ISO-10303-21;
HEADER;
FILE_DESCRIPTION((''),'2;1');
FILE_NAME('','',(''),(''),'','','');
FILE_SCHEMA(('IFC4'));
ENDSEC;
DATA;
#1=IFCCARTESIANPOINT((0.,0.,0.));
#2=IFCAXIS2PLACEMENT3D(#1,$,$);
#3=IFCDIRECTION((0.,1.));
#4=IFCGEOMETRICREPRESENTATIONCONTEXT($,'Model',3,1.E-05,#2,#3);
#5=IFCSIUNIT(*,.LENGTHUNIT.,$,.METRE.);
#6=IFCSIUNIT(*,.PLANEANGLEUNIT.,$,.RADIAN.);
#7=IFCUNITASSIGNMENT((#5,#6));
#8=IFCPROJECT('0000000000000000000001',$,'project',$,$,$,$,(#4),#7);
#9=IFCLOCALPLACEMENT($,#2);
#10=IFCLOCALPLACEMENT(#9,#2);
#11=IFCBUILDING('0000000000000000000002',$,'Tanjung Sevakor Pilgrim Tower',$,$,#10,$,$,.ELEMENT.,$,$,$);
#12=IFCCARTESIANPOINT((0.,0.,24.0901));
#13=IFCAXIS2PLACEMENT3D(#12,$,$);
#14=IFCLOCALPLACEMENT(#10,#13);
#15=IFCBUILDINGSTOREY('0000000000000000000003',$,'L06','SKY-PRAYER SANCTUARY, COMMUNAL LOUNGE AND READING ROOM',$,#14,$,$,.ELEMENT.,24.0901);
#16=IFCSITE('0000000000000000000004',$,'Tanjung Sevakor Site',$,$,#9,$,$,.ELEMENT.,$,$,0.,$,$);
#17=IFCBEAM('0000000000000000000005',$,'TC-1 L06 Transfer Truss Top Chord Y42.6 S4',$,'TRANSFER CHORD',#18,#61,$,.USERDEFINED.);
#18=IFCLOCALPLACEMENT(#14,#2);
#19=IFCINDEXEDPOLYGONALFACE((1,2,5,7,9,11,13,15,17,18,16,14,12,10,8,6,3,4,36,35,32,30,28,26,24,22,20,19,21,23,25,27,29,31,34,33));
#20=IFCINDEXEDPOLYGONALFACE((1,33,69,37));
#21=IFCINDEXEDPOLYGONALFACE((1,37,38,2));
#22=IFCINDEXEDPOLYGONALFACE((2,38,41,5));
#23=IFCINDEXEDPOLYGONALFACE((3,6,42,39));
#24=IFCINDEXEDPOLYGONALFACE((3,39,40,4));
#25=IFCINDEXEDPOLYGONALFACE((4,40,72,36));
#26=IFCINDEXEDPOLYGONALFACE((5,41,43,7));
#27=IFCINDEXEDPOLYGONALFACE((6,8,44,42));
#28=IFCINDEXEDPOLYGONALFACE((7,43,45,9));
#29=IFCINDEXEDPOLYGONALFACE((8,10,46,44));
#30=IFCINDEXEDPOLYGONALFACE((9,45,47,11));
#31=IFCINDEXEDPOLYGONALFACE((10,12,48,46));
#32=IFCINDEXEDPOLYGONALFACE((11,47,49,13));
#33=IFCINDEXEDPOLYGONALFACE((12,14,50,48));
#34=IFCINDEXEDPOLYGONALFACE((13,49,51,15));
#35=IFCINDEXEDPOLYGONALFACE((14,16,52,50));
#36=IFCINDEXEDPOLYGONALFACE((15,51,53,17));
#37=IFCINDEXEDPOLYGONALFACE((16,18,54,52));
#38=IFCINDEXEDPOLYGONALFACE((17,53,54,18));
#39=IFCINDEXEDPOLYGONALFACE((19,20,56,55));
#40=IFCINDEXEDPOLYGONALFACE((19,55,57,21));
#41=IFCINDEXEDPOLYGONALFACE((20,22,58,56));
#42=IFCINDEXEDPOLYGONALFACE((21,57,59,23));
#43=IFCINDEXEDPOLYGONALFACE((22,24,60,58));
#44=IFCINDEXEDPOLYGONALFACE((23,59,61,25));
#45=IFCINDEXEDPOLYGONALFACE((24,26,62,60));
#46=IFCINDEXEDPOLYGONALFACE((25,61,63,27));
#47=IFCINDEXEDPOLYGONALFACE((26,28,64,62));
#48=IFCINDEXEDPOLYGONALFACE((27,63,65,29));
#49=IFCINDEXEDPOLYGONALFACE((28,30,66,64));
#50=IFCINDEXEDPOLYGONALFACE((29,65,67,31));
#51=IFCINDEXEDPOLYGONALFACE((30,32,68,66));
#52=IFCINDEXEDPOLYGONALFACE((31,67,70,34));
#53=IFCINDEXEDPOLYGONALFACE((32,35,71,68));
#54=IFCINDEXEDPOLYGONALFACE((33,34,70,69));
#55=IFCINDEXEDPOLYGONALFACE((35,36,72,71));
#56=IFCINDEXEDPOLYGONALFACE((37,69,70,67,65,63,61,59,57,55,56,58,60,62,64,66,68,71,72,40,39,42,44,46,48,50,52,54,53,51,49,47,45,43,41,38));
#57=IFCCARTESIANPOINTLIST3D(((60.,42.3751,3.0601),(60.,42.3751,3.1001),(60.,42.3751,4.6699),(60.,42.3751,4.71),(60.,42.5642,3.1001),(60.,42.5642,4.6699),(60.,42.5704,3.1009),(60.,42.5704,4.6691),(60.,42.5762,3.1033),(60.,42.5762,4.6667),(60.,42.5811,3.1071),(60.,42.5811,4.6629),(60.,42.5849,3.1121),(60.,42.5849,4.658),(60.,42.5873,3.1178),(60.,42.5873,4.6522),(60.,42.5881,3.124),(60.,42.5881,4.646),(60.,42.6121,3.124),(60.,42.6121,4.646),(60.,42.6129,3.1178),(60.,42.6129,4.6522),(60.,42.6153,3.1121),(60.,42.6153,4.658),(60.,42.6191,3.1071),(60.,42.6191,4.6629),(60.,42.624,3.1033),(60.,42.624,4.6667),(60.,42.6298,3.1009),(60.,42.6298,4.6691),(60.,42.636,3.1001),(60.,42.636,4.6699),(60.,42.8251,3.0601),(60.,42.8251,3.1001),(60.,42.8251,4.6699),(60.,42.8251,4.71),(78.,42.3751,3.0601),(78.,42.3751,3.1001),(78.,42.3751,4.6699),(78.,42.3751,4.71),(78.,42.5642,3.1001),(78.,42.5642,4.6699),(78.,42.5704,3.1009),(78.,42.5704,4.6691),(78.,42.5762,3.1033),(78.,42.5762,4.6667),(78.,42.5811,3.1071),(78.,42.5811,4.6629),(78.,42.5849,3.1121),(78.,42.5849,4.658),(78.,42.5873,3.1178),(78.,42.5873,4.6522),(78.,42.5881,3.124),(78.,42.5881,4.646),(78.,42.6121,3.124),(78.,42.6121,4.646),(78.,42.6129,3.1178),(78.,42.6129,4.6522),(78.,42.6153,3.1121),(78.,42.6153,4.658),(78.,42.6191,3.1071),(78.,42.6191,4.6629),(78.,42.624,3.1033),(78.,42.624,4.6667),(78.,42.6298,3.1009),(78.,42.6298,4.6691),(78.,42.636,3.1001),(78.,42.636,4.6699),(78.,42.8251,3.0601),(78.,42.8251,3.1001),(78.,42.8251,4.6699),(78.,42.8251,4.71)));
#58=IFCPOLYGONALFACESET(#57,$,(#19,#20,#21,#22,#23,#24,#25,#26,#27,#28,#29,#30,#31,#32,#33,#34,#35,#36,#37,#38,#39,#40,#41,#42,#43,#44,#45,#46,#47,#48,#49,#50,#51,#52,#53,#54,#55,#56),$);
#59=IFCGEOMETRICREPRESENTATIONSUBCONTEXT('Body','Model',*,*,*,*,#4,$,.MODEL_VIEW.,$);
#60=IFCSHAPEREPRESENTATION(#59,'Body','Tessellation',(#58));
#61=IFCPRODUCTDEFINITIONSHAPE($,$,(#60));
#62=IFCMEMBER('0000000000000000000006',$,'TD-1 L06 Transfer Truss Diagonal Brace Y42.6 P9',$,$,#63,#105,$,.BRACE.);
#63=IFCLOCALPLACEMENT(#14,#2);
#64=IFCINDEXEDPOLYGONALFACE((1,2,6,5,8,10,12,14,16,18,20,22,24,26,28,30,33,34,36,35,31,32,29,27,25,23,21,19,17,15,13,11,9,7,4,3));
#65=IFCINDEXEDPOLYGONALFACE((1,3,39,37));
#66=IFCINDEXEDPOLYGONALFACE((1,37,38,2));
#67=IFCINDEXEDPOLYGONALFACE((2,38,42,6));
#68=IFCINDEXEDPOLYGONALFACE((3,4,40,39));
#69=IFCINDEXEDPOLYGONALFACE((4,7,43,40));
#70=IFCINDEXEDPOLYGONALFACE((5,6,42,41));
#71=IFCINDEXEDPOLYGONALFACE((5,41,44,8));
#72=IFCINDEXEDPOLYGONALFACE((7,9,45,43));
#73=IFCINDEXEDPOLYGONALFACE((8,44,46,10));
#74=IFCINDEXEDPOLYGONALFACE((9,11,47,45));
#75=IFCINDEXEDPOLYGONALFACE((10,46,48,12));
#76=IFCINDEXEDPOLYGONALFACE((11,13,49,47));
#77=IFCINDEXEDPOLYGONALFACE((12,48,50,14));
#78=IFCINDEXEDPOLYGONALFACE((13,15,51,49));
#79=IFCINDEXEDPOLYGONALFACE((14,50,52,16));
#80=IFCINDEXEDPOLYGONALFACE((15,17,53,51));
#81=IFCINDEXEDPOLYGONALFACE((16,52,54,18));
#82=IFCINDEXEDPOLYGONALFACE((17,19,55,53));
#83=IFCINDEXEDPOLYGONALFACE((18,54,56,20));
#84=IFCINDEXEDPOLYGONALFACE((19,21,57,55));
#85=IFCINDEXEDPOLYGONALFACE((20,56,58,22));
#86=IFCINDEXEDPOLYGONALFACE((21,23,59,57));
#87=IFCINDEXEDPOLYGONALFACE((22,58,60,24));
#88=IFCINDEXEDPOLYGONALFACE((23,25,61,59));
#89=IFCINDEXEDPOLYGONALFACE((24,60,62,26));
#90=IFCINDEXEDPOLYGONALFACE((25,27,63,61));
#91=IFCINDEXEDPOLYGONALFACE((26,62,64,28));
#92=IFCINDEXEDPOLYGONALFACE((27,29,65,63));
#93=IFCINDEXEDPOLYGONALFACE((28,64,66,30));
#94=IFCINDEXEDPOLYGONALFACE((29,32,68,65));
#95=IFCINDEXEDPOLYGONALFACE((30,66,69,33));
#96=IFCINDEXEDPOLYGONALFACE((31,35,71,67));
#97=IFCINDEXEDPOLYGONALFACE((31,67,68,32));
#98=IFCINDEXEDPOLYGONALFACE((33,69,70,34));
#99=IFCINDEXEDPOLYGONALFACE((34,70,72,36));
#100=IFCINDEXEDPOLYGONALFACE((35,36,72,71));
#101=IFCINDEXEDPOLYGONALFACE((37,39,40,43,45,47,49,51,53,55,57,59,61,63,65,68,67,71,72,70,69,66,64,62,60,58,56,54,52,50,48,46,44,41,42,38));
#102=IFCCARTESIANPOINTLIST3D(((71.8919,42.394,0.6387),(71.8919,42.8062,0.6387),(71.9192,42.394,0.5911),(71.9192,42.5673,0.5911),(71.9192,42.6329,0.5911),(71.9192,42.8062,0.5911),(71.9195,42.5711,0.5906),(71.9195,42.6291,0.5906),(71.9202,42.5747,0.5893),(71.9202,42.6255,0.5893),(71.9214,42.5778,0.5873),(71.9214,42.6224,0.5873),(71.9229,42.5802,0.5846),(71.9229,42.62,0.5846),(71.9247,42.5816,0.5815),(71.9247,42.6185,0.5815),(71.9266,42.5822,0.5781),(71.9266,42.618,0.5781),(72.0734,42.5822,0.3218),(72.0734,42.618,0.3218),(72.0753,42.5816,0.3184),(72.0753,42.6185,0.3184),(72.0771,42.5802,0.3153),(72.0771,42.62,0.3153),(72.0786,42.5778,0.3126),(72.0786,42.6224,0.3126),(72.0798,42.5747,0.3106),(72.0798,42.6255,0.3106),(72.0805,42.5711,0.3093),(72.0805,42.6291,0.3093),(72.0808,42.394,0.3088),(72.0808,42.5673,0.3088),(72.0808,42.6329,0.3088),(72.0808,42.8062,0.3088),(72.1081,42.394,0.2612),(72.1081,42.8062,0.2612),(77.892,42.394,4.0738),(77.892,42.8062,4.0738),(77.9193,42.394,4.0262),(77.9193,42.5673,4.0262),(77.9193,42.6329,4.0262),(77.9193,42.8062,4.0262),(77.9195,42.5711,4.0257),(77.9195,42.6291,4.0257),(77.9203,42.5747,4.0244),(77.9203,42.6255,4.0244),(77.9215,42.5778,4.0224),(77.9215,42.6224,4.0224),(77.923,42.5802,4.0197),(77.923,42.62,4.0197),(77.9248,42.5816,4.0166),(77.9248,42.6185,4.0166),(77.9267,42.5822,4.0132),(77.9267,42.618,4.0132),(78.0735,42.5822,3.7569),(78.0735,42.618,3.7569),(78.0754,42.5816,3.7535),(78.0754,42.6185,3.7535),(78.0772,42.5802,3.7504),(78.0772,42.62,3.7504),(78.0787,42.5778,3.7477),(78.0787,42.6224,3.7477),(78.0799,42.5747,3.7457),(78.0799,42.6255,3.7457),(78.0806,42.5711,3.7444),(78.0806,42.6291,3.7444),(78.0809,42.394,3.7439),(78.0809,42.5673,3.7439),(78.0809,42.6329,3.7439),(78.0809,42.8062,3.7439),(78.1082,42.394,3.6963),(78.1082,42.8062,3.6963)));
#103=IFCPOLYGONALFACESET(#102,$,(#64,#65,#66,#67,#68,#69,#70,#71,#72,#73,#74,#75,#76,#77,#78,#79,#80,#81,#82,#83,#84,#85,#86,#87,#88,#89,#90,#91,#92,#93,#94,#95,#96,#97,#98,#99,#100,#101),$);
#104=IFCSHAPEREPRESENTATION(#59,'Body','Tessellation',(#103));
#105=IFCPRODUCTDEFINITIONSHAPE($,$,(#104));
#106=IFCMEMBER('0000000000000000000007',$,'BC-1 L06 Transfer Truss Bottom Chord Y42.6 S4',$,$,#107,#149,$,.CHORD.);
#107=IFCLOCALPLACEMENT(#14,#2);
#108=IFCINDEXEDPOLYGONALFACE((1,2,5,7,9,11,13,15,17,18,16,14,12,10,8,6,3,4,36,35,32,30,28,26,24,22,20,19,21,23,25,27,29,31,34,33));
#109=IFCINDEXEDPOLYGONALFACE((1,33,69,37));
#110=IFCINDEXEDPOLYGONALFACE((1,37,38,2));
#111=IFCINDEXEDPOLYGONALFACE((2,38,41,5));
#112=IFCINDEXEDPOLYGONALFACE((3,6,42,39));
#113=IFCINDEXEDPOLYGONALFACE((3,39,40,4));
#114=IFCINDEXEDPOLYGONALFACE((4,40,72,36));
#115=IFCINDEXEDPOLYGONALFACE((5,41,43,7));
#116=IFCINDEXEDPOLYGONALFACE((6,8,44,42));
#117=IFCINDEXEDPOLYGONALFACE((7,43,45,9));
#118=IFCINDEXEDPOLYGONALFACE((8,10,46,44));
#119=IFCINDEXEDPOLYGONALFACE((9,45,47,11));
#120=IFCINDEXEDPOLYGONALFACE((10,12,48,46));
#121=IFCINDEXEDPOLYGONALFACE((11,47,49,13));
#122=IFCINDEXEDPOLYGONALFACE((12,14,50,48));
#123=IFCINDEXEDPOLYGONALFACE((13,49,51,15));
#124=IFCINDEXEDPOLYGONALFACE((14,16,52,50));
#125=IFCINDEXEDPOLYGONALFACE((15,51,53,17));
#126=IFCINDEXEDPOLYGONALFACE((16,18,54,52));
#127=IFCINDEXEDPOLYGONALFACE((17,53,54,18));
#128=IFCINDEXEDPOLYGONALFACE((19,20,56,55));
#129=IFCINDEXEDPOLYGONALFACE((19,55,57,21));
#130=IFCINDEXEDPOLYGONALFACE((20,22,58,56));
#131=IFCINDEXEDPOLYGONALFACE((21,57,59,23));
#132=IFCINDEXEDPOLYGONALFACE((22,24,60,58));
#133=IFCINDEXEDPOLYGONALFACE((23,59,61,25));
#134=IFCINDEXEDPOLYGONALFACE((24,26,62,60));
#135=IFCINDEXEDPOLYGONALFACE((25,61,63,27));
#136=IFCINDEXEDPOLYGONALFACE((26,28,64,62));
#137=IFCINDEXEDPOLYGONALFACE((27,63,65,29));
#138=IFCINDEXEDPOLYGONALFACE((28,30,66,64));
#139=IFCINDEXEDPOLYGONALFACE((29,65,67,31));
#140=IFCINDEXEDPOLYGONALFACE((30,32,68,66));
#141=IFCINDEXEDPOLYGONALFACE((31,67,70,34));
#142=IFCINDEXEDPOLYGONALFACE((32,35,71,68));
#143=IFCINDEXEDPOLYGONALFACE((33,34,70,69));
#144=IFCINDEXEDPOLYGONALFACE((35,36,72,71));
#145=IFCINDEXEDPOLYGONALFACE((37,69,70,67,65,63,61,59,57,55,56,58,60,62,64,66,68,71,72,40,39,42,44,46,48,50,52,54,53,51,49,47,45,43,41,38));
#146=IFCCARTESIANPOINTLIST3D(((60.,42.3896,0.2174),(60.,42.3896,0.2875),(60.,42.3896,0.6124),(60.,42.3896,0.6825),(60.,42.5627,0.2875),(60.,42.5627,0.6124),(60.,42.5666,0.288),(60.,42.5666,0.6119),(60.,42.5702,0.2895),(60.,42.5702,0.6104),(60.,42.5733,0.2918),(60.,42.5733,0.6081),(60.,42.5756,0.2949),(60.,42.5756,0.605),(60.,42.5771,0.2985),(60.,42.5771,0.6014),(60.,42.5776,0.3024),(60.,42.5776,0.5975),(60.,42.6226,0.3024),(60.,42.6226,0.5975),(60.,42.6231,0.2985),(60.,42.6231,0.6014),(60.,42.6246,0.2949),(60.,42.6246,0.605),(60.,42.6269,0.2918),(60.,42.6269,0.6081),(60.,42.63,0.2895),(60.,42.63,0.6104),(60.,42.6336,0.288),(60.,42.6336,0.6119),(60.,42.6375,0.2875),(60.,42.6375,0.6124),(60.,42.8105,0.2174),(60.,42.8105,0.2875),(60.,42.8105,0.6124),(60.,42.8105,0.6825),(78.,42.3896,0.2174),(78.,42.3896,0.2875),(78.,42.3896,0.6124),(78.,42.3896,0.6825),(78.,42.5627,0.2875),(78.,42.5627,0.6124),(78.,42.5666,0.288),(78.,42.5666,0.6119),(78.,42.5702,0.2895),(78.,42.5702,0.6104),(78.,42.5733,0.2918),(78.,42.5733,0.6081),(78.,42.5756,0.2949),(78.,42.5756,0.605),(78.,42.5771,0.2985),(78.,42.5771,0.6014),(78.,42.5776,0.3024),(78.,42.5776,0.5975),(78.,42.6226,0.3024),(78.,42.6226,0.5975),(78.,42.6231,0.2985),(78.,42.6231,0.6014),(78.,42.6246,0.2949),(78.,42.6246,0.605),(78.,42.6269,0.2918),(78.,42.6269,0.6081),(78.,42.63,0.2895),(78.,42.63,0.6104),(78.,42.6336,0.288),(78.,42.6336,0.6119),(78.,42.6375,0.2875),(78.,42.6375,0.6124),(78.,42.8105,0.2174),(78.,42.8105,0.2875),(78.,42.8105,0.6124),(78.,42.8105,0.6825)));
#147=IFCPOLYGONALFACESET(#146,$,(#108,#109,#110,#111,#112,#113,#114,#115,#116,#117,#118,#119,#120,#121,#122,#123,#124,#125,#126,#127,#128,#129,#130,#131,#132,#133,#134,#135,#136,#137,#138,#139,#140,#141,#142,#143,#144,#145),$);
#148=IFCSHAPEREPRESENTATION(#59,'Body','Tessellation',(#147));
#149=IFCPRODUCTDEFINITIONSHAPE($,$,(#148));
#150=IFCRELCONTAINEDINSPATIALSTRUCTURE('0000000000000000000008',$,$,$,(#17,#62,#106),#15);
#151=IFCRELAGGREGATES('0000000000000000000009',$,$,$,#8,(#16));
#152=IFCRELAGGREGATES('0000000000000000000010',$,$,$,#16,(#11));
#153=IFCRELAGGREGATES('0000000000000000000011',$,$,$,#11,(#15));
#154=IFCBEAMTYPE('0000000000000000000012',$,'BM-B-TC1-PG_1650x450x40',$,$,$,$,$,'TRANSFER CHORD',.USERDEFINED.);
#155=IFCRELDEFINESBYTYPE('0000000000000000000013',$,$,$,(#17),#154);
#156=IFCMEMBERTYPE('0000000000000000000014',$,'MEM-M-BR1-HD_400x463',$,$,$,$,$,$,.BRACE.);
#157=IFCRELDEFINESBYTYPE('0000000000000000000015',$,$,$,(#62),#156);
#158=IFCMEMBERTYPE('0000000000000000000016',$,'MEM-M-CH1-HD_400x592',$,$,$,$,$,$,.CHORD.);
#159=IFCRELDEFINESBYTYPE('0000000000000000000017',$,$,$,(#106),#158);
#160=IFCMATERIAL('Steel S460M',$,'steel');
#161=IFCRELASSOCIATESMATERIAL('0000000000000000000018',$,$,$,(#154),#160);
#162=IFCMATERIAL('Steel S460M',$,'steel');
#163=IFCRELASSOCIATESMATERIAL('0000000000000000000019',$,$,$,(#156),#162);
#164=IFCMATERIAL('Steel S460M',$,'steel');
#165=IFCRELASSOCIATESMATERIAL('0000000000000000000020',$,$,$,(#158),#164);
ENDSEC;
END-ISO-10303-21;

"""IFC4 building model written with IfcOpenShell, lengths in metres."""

from ifc_helpers import new_model, si_unit, direction, frame, origin, origin_2d, place, context, subcontext, project, spatial, i_section, extrude, material, material_profile, profile_set, type_object, element, save


model = new_model("IFC4")

# Units and contexts
model_context = context("Model", 3, precision=1e-05, world=origin(), true_north=direction((0.0, 1.0)))
body_context = subcontext(model_context, "Body", "Model", "MODEL_VIEW")
ifc_project = project(units=[si_unit("LENGTHUNIT", "METRE"), si_unit("PLANEANGLEUNIT", "RADIAN")], contexts=[model_context])

# Site, building, storey
site_placement = place(None, origin())
site = spatial("IfcSite", under=ifc_project, at=site_placement, Name="Tanjung Sevakor Site", CompositionType="ELEMENT", RefElevation=0.0)
building_placement = place(site_placement, origin())
building = spatial("IfcBuilding", under=site, at=building_placement, Name="Tanjung Sevakor Pilgrim Tower", CompositionType="ELEMENT")
storey_placement = place(building_placement, frame((0.0, 0.0, 24.0901)))
storey = spatial("IfcBuildingStorey", under=building, at=storey_placement, Name="L06", Description="SKY-PRAYER SANCTUARY, COMMUNAL LOUNGE AND READING ROOM", CompositionType="ELEMENT", Elevation=24.0901)

# Beam
ifc_material_1 = material(Name="Steel S460M", Category="steel")
ifc_material_profile_1 = material_profile(ifc_material_1, i_section(OverallWidth=0.45, OverallDepth=1.6499, WebThickness=0.0239, FlangeThickness=0.04, FilletRadius=0.0239, at=origin_2d()))
ifc_profile_set_1 = profile_set([ifc_material_profile_1], Name="Steel S460M")
beam_type_1 = type_object("IfcBeamType", Name="BM-B-TC1-PG_1650x450x40", ElementType="TRANSFER CHORD", PredefinedType="USERDEFINED", material=ifc_profile_set_1)
beam_1_placement = place(storey_placement, frame((60.0, 42.6001, 3.885), z_axis=(1.0, 0.0, 0.0), x_axis=(0.0, 1.0, 0.0)))
element("IfcBeam", 1, at=beam_1_placement, inside=storey, type_object=beam_type_1, Name="TC-1 L06 Transfer Truss Top Chord Y42.6 S4", ObjectType="TRANSFER CHORD", PredefinedType="USERDEFINED", context=body_context, shape_type="SweptSolid", body=[
    extrude(i_section(OverallWidth=0.45, OverallDepth=1.6499, WebThickness=0.0239, FlangeThickness=0.04, FilletRadius=0.0239, at=origin_2d()), origin(), (0.0, 0.0, 1.0), 18.0),
])

# Members
ifc_material_2 = material(Name="Steel S460M", Category="steel")
ifc_material_profile_2 = material_profile(ifc_material_2, i_section(OverallWidth=0.4121, OverallDepth=0.4351, WebThickness=0.0359, FlangeThickness=0.0549, FilletRadius=0.0149, at=origin_2d()))
ifc_profile_set_2 = profile_set([ifc_material_profile_2], Name="Steel S460M")
member_type_1 = type_object("IfcMemberType", Name="MEM-M-BR1-HD_400x463", PredefinedType="BRACE", material=ifc_profile_set_2)
member_1_placement = place(storey_placement, frame((72.0, 42.6001, 0.45), z_axis=(0.867839, 0.0, 0.496846), x_axis=(0.0, 1.0, 0.0)))
element("IfcMember", 2, at=member_1_placement, inside=storey, type_object=member_type_1, Name="TD-1 L06 Transfer Truss Diagonal Brace Y42.6 P9", PredefinedType="BRACE", context=body_context, shape_type="SweptSolid", body=[
    extrude(i_section(OverallWidth=0.4121, OverallDepth=0.4351, WebThickness=0.0359, FlangeThickness=0.0549, FilletRadius=0.0149, at=origin_2d()), origin(), (0.0, 0.0, 1.0), 6.9138),
])
ifc_material_3 = material(Name="Steel S460M", Category="steel")
ifc_material_profile_3 = material_profile(ifc_material_3, i_section(OverallWidth=0.4209, OverallDepth=0.4651, WebThickness=0.0449, FlangeThickness=0.0701, FilletRadius=0.0149, at=origin_2d()))
ifc_profile_set_3 = profile_set([ifc_material_profile_3], Name="Steel S460M")
member_type_2 = type_object("IfcMemberType", Name="MEM-M-CH1-HD_400x592", PredefinedType="CHORD", material=ifc_profile_set_3)
member_2_placement = place(storey_placement, frame((60.0, 42.6001, 0.45), z_axis=(1.0, 0.0, 0.0), x_axis=(0.0, 1.0, 0.0)))
element("IfcMember", 3, at=member_2_placement, inside=storey, type_object=member_type_2, Name="BC-1 L06 Transfer Truss Bottom Chord Y42.6 S4", PredefinedType="CHORD", context=body_context, shape_type="SweptSolid", body=[
    extrude(i_section(OverallWidth=0.4209, OverallDepth=0.4651, WebThickness=0.0449, FlangeThickness=0.0701, FilletRadius=0.0149, at=origin_2d()), origin(), (0.0, 0.0, 1.0), 18.0),
])

save(model, "model.ifc")
